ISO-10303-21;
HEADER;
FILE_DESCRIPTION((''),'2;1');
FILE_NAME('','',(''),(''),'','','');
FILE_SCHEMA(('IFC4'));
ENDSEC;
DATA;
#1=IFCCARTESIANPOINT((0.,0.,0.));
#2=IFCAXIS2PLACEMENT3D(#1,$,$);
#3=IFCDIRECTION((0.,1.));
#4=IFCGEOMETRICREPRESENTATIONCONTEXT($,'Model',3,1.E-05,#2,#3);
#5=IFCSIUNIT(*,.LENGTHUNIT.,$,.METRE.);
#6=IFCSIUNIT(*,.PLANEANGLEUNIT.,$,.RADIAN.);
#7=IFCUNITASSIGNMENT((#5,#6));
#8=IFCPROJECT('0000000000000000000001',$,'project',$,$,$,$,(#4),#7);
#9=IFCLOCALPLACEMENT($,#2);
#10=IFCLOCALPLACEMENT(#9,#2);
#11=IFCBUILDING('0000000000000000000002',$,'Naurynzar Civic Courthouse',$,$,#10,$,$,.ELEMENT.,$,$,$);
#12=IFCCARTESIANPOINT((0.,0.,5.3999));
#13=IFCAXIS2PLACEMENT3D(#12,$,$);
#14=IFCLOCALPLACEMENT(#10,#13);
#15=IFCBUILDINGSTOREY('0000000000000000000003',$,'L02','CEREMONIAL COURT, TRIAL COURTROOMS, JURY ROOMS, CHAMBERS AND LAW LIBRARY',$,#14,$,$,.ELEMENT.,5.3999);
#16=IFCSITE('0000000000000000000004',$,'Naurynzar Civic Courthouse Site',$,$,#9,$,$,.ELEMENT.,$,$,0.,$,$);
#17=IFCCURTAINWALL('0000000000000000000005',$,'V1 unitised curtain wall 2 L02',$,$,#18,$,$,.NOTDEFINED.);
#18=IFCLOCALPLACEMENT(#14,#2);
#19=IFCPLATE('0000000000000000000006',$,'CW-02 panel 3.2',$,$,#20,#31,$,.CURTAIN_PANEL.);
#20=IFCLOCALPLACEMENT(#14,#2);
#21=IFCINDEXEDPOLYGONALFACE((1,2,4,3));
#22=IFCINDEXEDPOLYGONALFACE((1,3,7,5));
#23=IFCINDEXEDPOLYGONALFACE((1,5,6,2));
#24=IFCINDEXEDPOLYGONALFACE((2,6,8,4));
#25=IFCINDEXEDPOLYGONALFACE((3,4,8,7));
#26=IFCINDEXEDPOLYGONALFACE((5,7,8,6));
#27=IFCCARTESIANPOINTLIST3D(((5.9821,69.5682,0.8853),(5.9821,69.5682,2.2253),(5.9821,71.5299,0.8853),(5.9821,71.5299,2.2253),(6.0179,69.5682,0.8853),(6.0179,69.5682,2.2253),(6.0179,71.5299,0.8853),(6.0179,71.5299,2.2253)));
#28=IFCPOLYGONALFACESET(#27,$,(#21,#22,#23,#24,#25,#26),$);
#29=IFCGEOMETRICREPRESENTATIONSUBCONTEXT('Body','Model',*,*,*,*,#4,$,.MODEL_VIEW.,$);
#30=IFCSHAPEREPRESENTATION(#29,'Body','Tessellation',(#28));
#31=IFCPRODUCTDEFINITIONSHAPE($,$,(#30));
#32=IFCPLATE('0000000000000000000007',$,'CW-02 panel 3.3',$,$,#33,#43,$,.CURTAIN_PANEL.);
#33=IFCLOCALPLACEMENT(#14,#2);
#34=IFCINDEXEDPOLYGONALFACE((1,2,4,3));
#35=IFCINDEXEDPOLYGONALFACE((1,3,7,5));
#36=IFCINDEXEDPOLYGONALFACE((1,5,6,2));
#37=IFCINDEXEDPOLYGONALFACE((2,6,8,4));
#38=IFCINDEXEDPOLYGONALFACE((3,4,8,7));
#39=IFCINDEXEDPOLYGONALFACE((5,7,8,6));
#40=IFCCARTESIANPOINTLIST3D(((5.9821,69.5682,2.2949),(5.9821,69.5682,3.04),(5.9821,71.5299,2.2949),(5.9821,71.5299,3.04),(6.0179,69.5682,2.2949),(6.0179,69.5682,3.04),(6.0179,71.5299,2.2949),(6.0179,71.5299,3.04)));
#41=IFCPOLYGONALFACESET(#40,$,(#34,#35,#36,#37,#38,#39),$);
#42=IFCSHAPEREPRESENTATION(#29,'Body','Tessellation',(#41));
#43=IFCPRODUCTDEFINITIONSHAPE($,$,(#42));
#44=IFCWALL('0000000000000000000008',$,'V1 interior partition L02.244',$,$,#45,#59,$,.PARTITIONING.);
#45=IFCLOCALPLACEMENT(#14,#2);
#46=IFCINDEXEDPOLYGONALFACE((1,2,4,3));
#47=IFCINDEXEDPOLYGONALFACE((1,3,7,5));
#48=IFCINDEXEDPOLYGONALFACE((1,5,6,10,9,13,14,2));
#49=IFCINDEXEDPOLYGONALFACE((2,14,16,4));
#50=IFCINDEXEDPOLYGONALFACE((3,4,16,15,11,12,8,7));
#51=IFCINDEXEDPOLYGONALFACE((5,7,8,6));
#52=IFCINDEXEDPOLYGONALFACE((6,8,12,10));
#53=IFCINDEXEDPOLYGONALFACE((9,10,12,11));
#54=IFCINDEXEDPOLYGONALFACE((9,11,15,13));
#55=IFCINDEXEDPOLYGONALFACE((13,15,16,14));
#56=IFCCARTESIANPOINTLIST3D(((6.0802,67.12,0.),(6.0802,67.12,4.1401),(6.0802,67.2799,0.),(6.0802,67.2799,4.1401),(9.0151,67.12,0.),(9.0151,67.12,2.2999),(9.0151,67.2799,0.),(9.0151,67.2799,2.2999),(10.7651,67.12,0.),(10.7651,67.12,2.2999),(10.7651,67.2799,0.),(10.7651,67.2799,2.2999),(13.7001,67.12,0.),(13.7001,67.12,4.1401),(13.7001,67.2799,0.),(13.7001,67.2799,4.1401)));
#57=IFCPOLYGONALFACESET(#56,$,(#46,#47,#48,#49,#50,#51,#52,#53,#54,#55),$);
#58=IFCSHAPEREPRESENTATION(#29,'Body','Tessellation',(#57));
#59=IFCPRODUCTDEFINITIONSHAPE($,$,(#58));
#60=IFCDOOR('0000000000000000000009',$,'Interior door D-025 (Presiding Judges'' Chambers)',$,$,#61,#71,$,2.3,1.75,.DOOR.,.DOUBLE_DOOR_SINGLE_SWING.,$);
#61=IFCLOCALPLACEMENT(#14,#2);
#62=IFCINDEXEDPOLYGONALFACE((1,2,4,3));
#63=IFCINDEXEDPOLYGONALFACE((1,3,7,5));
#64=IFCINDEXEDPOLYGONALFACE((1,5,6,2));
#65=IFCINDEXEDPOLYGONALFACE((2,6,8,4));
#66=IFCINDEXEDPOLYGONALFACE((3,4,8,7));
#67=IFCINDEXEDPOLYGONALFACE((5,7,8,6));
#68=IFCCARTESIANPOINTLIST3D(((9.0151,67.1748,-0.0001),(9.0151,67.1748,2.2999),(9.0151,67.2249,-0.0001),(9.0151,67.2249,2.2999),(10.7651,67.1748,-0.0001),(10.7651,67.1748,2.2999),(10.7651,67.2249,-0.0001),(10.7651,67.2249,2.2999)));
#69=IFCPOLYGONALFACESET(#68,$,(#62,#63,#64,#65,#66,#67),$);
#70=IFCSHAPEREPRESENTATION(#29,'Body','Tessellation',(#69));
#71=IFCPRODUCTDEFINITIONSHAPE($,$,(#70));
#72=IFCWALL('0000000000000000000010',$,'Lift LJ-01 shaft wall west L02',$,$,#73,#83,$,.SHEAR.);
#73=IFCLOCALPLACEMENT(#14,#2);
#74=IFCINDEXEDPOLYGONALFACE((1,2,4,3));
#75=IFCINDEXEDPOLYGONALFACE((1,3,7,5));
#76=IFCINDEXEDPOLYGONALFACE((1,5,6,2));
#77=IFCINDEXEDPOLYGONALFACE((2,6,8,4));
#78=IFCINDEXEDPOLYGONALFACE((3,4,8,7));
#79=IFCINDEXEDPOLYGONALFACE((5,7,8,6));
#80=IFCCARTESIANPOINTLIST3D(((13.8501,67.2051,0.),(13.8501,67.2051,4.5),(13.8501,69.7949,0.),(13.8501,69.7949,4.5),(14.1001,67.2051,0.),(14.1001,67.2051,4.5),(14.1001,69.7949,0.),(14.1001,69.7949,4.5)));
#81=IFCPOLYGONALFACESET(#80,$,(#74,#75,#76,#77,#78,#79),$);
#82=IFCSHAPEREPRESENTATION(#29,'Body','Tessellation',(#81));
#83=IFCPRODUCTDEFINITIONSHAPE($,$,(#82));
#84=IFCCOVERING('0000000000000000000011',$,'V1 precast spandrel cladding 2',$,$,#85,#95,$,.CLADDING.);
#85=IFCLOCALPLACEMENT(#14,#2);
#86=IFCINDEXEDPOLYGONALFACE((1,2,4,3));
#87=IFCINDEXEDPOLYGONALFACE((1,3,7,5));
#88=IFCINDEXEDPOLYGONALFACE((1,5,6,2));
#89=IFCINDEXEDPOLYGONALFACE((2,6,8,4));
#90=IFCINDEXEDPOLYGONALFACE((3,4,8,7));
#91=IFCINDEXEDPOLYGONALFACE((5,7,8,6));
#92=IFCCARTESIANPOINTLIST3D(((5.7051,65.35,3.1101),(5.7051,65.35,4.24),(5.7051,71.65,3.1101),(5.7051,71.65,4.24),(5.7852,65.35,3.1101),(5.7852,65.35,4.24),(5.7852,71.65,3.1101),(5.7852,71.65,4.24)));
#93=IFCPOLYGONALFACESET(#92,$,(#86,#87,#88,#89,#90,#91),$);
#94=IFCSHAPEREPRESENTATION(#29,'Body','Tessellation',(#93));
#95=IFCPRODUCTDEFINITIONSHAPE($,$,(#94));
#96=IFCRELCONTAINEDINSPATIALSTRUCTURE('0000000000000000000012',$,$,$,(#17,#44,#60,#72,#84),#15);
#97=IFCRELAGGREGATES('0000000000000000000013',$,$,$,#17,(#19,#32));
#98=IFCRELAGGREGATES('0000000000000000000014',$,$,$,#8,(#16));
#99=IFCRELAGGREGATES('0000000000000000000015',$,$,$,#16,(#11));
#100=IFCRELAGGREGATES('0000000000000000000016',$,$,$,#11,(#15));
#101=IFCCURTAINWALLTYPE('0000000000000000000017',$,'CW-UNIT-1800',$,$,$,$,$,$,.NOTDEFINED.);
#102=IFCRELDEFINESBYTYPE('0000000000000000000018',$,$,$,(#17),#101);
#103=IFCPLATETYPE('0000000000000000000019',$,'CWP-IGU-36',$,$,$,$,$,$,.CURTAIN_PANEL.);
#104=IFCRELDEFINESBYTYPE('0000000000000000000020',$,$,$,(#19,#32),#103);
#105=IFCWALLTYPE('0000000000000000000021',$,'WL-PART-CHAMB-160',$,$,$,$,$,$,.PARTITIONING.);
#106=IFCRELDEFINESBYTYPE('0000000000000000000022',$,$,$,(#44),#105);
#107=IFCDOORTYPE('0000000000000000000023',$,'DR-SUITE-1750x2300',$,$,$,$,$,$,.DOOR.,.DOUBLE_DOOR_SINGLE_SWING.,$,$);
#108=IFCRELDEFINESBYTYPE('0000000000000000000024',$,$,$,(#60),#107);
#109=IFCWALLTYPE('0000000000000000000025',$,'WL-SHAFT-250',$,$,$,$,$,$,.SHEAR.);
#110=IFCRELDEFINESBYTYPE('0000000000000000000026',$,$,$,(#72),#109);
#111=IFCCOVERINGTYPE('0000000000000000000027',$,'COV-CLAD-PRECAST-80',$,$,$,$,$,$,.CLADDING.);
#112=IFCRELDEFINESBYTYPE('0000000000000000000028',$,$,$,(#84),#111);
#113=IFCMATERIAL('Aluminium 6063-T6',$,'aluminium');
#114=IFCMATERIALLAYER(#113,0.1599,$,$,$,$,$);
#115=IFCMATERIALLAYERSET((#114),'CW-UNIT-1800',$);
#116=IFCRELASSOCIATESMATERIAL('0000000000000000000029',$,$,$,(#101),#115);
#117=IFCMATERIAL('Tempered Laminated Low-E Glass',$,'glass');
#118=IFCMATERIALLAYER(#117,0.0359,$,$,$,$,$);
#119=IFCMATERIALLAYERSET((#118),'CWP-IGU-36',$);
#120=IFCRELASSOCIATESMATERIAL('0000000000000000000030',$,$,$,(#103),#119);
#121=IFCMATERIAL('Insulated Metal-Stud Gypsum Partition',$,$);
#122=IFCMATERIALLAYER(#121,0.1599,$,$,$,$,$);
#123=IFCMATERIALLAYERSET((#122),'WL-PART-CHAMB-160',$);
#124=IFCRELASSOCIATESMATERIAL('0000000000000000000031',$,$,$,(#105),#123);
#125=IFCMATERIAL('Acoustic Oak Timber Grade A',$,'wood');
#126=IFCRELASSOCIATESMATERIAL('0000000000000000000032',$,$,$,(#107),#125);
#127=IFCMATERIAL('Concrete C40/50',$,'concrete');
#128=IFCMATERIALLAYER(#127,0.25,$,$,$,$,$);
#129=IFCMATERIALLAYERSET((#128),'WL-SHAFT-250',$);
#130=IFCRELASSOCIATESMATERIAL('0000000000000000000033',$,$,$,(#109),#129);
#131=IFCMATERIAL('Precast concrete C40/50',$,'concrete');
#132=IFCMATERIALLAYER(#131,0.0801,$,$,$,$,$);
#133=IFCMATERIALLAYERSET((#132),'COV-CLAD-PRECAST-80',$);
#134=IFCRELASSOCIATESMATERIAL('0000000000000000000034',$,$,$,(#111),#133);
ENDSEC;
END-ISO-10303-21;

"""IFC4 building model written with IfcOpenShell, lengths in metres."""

from ifc_helpers import new_model, si_unit, direction, frame, frame_2d, origin, origin_2d, place, context, subcontext, project, spatial, rectangle, extrude, material, layer, layer_set, type_object, element, fill, aggregate, save


model = new_model("IFC4")

# Units and contexts
model_context = context("Model", 3, precision=1e-05, world=origin(), true_north=direction((0.0, 1.0)))
body_context = subcontext(model_context, "Body", "Model", "MODEL_VIEW")
ifc_project = project(units=[si_unit("LENGTHUNIT", "METRE"), si_unit("PLANEANGLEUNIT", "RADIAN")], contexts=[model_context])

# Site, building, storey
site_placement = place(None, origin())
site = spatial("IfcSite", under=ifc_project, at=site_placement, Name="Naurynzar Civic Courthouse Site", CompositionType="ELEMENT", RefElevation=0.0)
building_placement = place(site_placement, origin())
building = spatial("IfcBuilding", under=site, at=building_placement, Name="Naurynzar Civic Courthouse", CompositionType="ELEMENT")
storey_placement = place(building_placement, frame((0.0, 0.0, 5.3999)))
storey = spatial("IfcBuildingStorey", under=building, at=storey_placement, Name="L02", Description="CEREMONIAL COURT, TRIAL COURTROOMS, JURY ROOMS, CHAMBERS AND LAW LIBRARY", CompositionType="ELEMENT", Elevation=5.3999)

# Curtain wall, plates
ifc_material_1 = material(Name="Aluminium 6063-T6", Category="aluminium")
ifc_layer_1 = layer(ifc_material_1, 0.1599)
ifc_layer_set_1 = layer_set([ifc_layer_1], Name="CW-UNIT-1800")
curtain_wall_type = type_object("IfcCurtainWallType", Name="CW-UNIT-1800", PredefinedType="NOTDEFINED", material=ifc_layer_set_1)
curtain_wall_placement = place(storey_placement, origin())
curtain_wall = element("IfcCurtainWall", 1, at=curtain_wall_placement, inside=storey, type_object=curtain_wall_type, Name="V1 unitised curtain wall 2 L02", PredefinedType="NOTDEFINED")
ifc_material_2 = material(Name="Tempered Laminated Low-E Glass", Category="glass")
ifc_layer_2 = layer(ifc_material_2, 0.0359)
ifc_layer_set_2 = layer_set([ifc_layer_2], Name="CWP-IGU-36")
plate_type = type_object("IfcPlateType", Name="CWP-IGU-36", PredefinedType="CURTAIN_PANEL", material=ifc_layer_set_2)
plate_1_placement = place(storey_placement, frame((6.0, 70.5491, 0.8853), z_axis=(0.0, 0.0, 1.0), x_axis=(0.0, 1.0, 0.0)))
plate_1 = element("IfcPlate", 2, at=plate_1_placement, type_object=plate_type, Name="CW-02 panel 3.2", PredefinedType="CURTAIN_PANEL", context=body_context, shape_type="SweptSolid", body=[
    extrude(rectangle(XDim=1.9617, YDim=0.0359, at=origin_2d()), origin(), (0.0, 0.0, 1.0), 1.3401),
])
plate_2_placement = place(storey_placement, frame((6.0, 70.5491, 2.2949), z_axis=(0.0, 0.0, 1.0), x_axis=(0.0, 1.0, 0.0)))
plate_2 = element("IfcPlate", 3, at=plate_2_placement, type_object=plate_type, Name="CW-02 panel 3.3", PredefinedType="CURTAIN_PANEL", context=body_context, shape_type="SweptSolid", body=[
    extrude(rectangle(XDim=1.9617, YDim=0.0359, at=origin_2d()), origin(), (0.0, 0.0, 1.0), 0.7451),
])
aggregate(curtain_wall, [plate_1, plate_2])

# Wall, opening, door
ifc_material_3 = material(Name="Insulated Metal-Stud Gypsum Partition")
ifc_layer_3 = layer(ifc_material_3, 0.1599)
ifc_layer_set_3 = layer_set([ifc_layer_3], Name="WL-PART-CHAMB-160")
wall_type_1 = type_object("IfcWallType", Name="WL-PART-CHAMB-160", PredefinedType="PARTITIONING", material=ifc_layer_set_3)
wall_1_placement = place(storey_placement, frame((6.0801, 67.2, 0.0), z_axis=(0.0, 0.0, 1.0), x_axis=(1.0, 0.0, 0.0)))
wall_1 = element("IfcWall", 4, at=wall_1_placement, inside=storey, type_object=wall_type_1, Name="V1 interior partition L02.244", PredefinedType="PARTITIONING", context=body_context, shape_type="SweptSolid", body=[
    extrude(rectangle(XDim=7.6199, YDim=0.1599, at=frame_2d((3.8101, 0.0))), origin(), (0.0, 0.0, 1.0), 4.1401),
])
opening_placement = place(wall_1_placement, frame((2.9351, 0.0, 0.0)))
opening = element("IfcOpeningElement", 5, at=opening_placement, cuts=wall_1, PredefinedType="OPENING", context=body_context, shape_type="SweptSolid", body=[
    extrude(rectangle(XDim=1.75, YDim=2.3, at=frame_2d((0.875, 1.1499))), frame((0.0, 0.0898, 0.0), z_axis=(0.0, -1.0, 0.0), x_axis=(1.0, 0.0, 0.0)), (0.0, 0.0, 1.0), 0.1799),
])
ifc_material_4 = material(Name="Acoustic Oak Timber Grade A", Category="wood")
door_type = type_object("IfcDoorType", Name="DR-SUITE-1750x2300", OperationType="DOUBLE_DOOR_SINGLE_SWING", PredefinedType="DOOR", material=ifc_material_4)
door_placement = place(opening_placement, origin())
door = element("IfcDoor", 6, at=door_placement, inside=storey, type_object=door_type, Name="Interior door D-025 (Presiding Judges' Chambers)", OperationType="DOUBLE_DOOR_SINGLE_SWING", OverallHeight=2.3, OverallWidth=1.75, PredefinedType="DOOR", context=body_context, shape_type="SweptSolid", body=[
    extrude(rectangle(XDim=1.75, YDim=2.3, at=frame_2d((0.875, 1.1499))), frame((0.0, 0.0249, 0.0), z_axis=(0.0, -1.0, 0.0), x_axis=(1.0, 0.0, 0.0)), (0.0, 0.0, 1.0), 0.05),
])
fill(opening, door)

# Wall
ifc_material_5 = material(Name="Concrete C40/50", Category="concrete")
ifc_layer_4 = layer(ifc_material_5, 0.25)
ifc_layer_set_4 = layer_set([ifc_layer_4], Name="WL-SHAFT-250")
wall_type_2 = type_object("IfcWallType", Name="WL-SHAFT-250", PredefinedType="SHEAR", material=ifc_layer_set_4)
wall_2_placement = place(storey_placement, frame((13.9751, 69.7949, 0.0), z_axis=(0.0, 0.0, 1.0), x_axis=(0.0, -1.0, 0.0)))
element("IfcWall", 7, at=wall_2_placement, inside=storey, type_object=wall_type_2, Name="Lift LJ-01 shaft wall west L02", PredefinedType="SHEAR", context=body_context, shape_type="SweptSolid", body=[
    extrude(rectangle(XDim=2.5898, YDim=0.25, at=frame_2d((1.2949, 0.0))), origin(), (0.0, 0.0, 1.0), 4.5),
])

# Covering
ifc_material_6 = material(Name="Precast concrete C40/50", Category="concrete")
ifc_layer_5 = layer(ifc_material_6, 0.0801)
ifc_layer_set_5 = layer_set([ifc_layer_5], Name="COV-CLAD-PRECAST-80")
covering_type = type_object("IfcCoveringType", Name="COV-CLAD-PRECAST-80", PredefinedType="CLADDING", material=ifc_layer_set_5)
covering_placement = place(storey_placement, frame((5.7451, 68.5, 3.1101), z_axis=(0.0, 0.0, 1.0), x_axis=(0.0, 1.0, 0.0)))
element("IfcCovering", 8, at=covering_placement, inside=storey, type_object=covering_type, Name="V1 precast spandrel cladding 2", PredefinedType="CLADDING", context=body_context, shape_type="SweptSolid", body=[
    extrude(rectangle(XDim=6.3, YDim=0.0801, at=origin_2d()), origin(), (0.0, 0.0, 1.0), 1.1299),
])

save(model, "model.ifc")
